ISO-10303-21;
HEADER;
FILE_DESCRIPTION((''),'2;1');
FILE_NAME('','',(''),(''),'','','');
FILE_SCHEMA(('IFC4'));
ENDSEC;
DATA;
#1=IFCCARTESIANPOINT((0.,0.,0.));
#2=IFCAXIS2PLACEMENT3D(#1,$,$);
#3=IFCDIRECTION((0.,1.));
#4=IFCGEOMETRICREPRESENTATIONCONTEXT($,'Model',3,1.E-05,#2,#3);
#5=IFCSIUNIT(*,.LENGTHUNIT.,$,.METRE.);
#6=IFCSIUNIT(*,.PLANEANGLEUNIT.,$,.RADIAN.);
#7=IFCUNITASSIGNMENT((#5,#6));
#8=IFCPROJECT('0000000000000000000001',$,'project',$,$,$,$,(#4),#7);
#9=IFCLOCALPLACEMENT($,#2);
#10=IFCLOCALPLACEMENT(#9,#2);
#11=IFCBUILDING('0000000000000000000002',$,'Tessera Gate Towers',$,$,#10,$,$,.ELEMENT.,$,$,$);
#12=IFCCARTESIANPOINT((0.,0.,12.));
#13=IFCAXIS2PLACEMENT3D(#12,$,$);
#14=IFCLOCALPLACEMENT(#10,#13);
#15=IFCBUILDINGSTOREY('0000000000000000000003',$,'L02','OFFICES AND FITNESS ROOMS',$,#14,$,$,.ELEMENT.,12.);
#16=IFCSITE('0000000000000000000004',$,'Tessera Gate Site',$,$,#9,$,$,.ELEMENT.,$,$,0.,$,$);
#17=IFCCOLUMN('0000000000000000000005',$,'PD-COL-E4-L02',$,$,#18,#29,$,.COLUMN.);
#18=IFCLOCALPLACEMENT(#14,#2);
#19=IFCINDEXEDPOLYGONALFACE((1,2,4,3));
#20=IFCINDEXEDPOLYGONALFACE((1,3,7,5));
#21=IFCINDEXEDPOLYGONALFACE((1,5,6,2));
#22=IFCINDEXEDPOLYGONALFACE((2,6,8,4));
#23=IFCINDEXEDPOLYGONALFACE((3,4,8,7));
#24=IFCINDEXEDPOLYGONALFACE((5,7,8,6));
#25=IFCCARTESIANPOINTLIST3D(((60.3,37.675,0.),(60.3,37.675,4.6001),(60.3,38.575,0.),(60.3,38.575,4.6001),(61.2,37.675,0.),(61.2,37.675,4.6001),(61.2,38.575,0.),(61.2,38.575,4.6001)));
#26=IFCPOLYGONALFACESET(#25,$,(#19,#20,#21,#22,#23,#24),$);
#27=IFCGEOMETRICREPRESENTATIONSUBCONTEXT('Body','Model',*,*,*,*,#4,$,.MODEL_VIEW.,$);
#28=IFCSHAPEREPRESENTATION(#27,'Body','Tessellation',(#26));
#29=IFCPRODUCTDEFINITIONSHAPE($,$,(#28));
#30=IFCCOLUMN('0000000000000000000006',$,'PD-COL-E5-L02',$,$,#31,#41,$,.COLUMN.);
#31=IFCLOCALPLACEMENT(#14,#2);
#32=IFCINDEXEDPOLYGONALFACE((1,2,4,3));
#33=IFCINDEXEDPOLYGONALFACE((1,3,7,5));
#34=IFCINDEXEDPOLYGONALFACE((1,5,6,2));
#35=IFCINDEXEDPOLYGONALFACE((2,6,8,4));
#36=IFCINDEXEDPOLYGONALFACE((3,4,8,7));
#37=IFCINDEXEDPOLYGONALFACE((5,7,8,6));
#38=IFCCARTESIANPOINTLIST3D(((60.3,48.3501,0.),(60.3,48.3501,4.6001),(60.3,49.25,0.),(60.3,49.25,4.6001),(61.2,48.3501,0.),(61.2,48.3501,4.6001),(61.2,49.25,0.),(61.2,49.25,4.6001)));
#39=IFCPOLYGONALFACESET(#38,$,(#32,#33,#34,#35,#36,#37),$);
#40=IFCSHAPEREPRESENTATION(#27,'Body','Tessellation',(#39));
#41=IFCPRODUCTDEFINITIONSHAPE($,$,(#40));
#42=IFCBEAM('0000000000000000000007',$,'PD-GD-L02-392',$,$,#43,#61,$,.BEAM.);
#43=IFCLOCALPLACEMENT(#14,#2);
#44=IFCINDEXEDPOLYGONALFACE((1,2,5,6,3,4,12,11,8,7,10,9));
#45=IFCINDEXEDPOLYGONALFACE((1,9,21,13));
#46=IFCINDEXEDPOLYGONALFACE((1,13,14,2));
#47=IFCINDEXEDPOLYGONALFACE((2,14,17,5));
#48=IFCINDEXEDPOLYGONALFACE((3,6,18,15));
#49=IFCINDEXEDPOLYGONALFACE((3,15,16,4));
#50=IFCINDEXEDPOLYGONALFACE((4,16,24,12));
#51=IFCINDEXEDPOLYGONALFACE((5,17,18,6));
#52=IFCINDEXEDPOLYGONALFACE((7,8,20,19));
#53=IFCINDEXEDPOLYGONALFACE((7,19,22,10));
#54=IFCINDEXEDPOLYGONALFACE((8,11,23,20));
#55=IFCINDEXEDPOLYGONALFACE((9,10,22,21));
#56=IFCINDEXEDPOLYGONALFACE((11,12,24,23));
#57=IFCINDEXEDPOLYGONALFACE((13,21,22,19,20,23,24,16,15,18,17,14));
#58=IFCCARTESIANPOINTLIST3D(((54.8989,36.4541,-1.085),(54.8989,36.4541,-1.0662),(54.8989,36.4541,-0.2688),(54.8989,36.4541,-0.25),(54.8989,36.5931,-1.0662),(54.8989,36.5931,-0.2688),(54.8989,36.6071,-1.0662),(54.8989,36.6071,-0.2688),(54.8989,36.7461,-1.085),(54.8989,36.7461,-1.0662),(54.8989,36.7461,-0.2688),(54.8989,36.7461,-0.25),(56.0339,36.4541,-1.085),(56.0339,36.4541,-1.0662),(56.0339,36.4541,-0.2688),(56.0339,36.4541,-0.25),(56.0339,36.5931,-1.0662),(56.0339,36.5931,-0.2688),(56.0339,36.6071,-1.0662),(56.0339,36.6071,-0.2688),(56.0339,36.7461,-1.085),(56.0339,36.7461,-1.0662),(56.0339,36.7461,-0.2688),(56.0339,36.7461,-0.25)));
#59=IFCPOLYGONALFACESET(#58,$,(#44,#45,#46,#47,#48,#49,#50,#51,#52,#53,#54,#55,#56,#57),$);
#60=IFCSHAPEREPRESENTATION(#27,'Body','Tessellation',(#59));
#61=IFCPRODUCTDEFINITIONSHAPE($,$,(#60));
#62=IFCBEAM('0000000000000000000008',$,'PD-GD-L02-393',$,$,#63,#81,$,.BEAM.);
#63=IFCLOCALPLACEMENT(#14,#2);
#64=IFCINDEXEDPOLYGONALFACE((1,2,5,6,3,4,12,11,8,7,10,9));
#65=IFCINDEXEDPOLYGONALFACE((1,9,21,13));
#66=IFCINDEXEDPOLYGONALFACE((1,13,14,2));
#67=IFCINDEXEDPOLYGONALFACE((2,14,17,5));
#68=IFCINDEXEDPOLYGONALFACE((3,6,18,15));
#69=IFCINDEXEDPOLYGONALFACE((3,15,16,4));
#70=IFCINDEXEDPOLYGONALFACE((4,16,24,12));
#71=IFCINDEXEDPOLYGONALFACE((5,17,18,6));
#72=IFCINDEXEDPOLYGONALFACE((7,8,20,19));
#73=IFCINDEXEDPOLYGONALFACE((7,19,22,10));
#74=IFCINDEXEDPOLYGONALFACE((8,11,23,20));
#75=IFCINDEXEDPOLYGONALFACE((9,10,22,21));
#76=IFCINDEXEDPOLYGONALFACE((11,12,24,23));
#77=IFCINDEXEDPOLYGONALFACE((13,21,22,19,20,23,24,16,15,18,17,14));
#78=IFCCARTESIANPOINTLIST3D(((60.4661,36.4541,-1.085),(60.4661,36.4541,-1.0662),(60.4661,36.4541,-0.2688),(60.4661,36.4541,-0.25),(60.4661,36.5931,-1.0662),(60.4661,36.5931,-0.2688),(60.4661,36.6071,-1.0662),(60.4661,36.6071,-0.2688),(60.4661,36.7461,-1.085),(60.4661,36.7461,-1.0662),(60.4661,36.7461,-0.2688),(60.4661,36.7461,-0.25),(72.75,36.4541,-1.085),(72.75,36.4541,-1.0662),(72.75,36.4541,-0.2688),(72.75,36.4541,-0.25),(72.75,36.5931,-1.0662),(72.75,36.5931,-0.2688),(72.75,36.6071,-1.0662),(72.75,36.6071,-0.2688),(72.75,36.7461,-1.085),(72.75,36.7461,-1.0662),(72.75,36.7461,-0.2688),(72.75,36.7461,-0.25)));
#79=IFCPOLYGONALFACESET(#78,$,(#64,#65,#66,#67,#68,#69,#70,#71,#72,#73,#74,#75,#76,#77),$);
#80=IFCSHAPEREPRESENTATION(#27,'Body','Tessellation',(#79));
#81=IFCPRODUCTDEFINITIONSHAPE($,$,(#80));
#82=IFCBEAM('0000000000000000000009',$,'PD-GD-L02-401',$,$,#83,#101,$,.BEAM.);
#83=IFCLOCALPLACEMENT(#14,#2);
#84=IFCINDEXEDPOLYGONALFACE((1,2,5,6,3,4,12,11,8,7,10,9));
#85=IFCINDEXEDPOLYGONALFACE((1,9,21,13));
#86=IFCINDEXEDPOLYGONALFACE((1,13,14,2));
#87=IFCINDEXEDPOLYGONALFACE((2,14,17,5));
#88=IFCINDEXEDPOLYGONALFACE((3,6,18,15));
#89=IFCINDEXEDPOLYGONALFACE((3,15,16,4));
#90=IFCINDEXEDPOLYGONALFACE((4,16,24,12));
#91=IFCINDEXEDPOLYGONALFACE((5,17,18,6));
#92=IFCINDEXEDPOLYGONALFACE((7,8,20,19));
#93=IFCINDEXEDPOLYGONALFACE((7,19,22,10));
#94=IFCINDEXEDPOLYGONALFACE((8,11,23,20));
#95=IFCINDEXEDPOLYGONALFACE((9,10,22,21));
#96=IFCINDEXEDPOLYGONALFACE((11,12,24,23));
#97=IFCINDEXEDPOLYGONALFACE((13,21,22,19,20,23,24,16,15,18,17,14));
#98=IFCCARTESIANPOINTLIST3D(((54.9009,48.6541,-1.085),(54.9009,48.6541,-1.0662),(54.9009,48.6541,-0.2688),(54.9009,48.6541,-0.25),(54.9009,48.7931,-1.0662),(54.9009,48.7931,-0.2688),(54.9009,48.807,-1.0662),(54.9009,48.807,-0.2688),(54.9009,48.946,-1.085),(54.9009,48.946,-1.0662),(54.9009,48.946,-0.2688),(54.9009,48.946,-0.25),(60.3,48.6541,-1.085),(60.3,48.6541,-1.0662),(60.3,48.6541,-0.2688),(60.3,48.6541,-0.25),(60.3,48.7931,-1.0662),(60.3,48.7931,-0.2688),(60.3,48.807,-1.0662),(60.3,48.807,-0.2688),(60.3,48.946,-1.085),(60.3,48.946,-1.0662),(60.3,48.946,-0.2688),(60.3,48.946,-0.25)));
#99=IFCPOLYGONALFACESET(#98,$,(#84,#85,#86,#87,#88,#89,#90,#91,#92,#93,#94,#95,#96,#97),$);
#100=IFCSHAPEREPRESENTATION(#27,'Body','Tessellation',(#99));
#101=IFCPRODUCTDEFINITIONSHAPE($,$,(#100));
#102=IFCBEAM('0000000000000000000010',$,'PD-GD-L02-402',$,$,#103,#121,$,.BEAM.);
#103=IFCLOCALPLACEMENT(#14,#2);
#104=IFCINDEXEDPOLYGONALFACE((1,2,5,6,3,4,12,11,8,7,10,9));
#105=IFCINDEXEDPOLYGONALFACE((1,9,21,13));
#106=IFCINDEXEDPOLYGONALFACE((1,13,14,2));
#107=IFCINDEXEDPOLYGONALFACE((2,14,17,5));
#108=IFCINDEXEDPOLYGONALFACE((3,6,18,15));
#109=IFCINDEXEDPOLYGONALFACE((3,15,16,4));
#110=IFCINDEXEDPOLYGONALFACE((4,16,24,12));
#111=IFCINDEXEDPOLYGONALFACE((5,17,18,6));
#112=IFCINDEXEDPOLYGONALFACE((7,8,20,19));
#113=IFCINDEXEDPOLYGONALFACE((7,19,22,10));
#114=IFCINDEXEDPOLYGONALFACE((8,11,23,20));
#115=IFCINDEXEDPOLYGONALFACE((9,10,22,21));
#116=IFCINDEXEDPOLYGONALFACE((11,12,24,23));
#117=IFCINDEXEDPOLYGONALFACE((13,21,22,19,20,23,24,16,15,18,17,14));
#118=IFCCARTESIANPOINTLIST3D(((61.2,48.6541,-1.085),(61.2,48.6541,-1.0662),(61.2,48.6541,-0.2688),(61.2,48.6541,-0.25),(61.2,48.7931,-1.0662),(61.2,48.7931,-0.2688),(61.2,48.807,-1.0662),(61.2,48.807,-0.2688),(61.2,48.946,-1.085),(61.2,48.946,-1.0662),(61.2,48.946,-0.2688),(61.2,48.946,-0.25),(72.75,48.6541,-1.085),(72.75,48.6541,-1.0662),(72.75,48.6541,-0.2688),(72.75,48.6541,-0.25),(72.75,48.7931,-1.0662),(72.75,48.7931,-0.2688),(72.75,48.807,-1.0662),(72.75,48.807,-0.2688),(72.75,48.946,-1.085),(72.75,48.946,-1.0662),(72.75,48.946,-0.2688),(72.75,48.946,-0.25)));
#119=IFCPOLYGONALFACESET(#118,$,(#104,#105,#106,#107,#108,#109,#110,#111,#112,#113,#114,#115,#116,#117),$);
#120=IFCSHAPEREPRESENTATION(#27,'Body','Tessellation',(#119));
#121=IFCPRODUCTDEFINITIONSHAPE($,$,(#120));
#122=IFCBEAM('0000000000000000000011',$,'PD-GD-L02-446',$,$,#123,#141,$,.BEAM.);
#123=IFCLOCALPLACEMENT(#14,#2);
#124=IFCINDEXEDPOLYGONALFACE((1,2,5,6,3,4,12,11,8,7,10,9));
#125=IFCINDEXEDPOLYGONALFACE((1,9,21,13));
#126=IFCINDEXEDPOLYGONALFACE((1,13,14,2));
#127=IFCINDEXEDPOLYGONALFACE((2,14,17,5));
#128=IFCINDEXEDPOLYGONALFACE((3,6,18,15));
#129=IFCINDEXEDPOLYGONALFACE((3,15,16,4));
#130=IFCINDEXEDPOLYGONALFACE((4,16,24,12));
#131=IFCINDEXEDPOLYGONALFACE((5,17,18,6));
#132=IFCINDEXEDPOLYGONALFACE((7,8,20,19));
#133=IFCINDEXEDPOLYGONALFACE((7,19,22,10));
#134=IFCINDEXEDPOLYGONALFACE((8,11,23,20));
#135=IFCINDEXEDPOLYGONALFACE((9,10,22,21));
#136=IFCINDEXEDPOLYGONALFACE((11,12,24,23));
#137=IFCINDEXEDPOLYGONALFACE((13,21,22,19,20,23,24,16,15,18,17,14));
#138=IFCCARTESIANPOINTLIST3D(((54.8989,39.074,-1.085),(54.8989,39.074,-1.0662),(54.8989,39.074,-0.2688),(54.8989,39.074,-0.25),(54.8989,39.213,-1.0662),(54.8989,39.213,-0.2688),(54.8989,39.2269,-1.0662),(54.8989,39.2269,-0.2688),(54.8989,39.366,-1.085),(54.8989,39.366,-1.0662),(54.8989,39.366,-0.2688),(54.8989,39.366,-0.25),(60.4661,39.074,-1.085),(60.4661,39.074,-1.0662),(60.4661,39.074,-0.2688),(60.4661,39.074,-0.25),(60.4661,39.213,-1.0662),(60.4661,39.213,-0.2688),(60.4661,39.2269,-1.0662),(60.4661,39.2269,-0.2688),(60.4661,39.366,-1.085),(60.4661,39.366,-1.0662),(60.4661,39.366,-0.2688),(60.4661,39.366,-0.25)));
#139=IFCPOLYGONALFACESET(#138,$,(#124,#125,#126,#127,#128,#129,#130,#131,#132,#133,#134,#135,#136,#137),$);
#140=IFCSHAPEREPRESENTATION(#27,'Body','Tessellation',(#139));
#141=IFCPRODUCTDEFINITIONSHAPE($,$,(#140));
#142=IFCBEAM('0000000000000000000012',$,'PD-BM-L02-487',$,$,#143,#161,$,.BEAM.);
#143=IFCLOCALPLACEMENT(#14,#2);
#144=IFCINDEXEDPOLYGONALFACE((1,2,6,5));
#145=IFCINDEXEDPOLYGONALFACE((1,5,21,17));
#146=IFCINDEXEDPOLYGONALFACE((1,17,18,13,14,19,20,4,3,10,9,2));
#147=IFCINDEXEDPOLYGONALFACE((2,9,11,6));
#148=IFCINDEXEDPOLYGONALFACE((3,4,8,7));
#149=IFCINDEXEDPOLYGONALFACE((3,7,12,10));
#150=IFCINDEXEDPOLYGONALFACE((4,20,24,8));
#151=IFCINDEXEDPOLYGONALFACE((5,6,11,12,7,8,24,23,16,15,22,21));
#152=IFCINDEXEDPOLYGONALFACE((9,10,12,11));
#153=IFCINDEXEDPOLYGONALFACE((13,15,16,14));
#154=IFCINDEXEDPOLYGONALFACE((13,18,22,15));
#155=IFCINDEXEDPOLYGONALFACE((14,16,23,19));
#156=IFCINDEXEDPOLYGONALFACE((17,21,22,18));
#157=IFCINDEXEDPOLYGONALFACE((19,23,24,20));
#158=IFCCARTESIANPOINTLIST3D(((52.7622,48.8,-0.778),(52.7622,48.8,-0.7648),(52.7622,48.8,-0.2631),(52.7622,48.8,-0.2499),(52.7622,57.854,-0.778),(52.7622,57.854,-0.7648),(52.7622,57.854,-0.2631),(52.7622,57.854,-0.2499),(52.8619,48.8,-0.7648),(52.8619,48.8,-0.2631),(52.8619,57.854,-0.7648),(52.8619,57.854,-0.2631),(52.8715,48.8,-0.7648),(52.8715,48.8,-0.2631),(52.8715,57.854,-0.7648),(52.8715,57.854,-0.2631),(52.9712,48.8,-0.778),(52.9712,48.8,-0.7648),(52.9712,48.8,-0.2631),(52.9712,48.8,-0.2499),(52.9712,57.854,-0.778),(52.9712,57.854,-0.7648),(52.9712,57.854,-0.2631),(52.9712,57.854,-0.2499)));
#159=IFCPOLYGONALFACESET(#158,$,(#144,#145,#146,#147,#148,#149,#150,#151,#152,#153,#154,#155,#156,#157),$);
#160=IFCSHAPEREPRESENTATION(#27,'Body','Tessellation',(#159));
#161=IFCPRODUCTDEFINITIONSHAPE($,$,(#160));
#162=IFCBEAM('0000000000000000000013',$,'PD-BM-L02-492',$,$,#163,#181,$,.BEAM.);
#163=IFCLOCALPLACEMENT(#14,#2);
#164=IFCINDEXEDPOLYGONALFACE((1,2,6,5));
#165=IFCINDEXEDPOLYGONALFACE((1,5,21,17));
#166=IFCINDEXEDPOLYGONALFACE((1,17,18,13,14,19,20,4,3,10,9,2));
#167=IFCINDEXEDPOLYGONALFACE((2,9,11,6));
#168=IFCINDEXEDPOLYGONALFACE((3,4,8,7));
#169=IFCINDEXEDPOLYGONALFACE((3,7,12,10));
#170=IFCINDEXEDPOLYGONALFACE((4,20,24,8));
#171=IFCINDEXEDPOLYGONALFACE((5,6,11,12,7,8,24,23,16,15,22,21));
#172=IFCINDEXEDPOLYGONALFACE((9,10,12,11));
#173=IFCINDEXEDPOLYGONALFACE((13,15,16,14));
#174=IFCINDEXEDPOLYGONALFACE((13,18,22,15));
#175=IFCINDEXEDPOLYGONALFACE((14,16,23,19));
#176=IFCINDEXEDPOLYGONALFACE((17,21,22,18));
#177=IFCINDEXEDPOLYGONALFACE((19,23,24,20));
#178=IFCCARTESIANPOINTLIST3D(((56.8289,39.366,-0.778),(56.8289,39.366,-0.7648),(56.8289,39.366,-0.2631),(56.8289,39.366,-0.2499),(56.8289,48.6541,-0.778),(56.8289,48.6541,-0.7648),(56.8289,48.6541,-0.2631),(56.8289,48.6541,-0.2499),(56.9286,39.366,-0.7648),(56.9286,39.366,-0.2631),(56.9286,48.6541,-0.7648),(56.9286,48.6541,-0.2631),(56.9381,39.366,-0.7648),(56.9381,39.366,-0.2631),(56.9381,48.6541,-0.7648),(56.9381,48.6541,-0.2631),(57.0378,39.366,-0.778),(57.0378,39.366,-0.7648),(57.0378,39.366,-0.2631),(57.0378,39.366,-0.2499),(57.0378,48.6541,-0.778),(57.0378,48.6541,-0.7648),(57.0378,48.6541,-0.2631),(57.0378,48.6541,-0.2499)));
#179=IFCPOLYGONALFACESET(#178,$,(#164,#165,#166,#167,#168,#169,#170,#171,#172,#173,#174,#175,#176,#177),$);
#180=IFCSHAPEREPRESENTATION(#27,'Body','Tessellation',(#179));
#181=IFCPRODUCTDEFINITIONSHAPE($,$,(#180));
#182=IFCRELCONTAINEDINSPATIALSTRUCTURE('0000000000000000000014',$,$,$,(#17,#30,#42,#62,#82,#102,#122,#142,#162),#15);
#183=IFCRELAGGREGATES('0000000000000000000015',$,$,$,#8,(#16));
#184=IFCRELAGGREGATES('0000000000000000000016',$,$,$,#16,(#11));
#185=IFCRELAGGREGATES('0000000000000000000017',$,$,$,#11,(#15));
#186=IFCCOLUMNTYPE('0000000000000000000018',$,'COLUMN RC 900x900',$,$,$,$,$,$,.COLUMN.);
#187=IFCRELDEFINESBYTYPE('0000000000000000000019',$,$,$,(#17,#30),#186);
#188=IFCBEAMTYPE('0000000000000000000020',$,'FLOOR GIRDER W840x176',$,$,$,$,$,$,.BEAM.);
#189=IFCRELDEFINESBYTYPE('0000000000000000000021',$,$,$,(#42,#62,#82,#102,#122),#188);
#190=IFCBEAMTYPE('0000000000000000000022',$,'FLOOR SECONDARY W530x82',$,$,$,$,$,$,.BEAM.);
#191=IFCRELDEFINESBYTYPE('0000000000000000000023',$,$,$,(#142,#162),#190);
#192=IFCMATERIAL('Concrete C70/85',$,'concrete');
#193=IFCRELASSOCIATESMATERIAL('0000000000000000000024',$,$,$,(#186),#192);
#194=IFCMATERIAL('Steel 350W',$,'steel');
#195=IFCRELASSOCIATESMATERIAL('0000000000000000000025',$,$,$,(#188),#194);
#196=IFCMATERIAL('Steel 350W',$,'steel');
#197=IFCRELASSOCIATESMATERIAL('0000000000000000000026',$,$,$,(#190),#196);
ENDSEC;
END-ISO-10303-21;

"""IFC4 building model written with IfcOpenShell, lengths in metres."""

from ifc_helpers import new_model, si_unit, direction, frame, origin, origin_2d, place, context, subcontext, project, spatial, rectangle, i_section, extrude, material, material_profile, profile_set, type_object, element, save


model = new_model("IFC4")

# Units and contexts
model_context = context("Model", 3, precision=1e-05, world=origin(), true_north=direction((0.0, 1.0)))
body_context = subcontext(model_context, "Body", "Model", "MODEL_VIEW")
ifc_project = project(units=[si_unit("LENGTHUNIT", "METRE"), si_unit("PLANEANGLEUNIT", "RADIAN")], contexts=[model_context])

# Site, building, storey
site_placement = place(None, origin())
site = spatial("IfcSite", under=ifc_project, at=site_placement, Name="Tessera Gate Site", CompositionType="ELEMENT", RefElevation=0.0)
building_placement = place(site_placement, origin())
building = spatial("IfcBuilding", under=site, at=building_placement, Name="Tessera Gate Towers", CompositionType="ELEMENT")
storey_placement = place(building_placement, frame((0.0, 0.0, 12.0)))
storey = spatial("IfcBuildingStorey", under=building, at=storey_placement, Name="L02", Description="OFFICES AND FITNESS ROOMS", CompositionType="ELEMENT", Elevation=12.0)

# Columns
ifc_material_1 = material(Name="Concrete C70/85", Category="concrete")
ifc_material_profile_1 = material_profile(ifc_material_1, rectangle(XDim=0.8999, YDim=0.8999, at=origin_2d()), Name="RC 900x900")
ifc_profile_set_1 = profile_set([ifc_material_profile_1], Name="Concrete C70/85")
column_type = type_object("IfcColumnType", Name="COLUMN RC 900x900", PredefinedType="COLUMN", material=ifc_profile_set_1)
for number, where, z_axis, x_axis, name in (
    (1, (60.75, 38.125, 0.0), (0.0, 0.0, 1.0), (1.0, 0.0, 0.0), "PD-COL-E4-L02"),
    (2, (60.75, 48.8, 0.0), (0.0, 0.0, 1.0), (1.0, 0.0, 0.0), "PD-COL-E5-L02"),
):
    element("IfcColumn", number, at=place(storey_placement, frame(where, z_axis=z_axis, x_axis=x_axis)), inside=storey, type_object=column_type, Name=name, PredefinedType="COLUMN", context=body_context, shape_type="SweptSolid", body=[
        extrude(rectangle(XDim=0.8999, YDim=0.8999, at=origin_2d()), origin(), (0.0, 0.0, 1.0), 4.6001),
    ])

# Beams
ifc_material_2 = material(Name="Steel 350W", Category="steel")
ifc_material_profile_2 = material_profile(ifc_material_2, i_section(OverallWidth=0.292, OverallDepth=0.835, WebThickness=0.0139, FlangeThickness=0.0188, at=origin_2d()), Name="W840x176")
ifc_profile_set_2 = profile_set([ifc_material_profile_2], Name="Steel 350W")
beam_type_1 = type_object("IfcBeamType", Name="FLOOR GIRDER W840x176", PredefinedType="BEAM", material=ifc_profile_set_2)
beam_1_placement = place(storey_placement, frame((54.8989, 36.6001, -0.6675), z_axis=(1.0, 0.0, 0.0), x_axis=(0.0, 1.0, 0.0)))
element("IfcBeam", 3, at=beam_1_placement, inside=storey, type_object=beam_type_1, Name="PD-GD-L02-392", PredefinedType="BEAM", context=body_context, shape_type="SweptSolid", body=[
    extrude(i_section(OverallWidth=0.292, OverallDepth=0.835, WebThickness=0.0139, FlangeThickness=0.0188, at=origin_2d()), origin(), (0.0, 0.0, 1.0), 1.135),
])
beam_2_placement = place(storey_placement, frame((60.4661, 36.6001, -0.6675), z_axis=(1.0, 0.0, 0.0), x_axis=(0.0, 1.0, 0.0)))
element("IfcBeam", 4, at=beam_2_placement, inside=storey, type_object=beam_type_1, Name="PD-GD-L02-393", PredefinedType="BEAM", context=body_context, shape_type="SweptSolid", body=[
    extrude(i_section(OverallWidth=0.292, OverallDepth=0.835, WebThickness=0.0139, FlangeThickness=0.0188, at=origin_2d()), origin(), (0.0, 0.0, 1.0), 12.2839),
])
beam_3_placement = place(storey_placement, frame((54.9009, 48.8, -0.6675), z_axis=(1.0, 0.0, 0.0), x_axis=(0.0, 1.0, 0.0)))
element("IfcBeam", 5, at=beam_3_placement, inside=storey, type_object=beam_type_1, Name="PD-GD-L02-401", PredefinedType="BEAM", context=body_context, shape_type="SweptSolid", body=[
    extrude(i_section(OverallWidth=0.292, OverallDepth=0.835, WebThickness=0.0139, FlangeThickness=0.0188, at=origin_2d()), origin(), (0.0, 0.0, 1.0), 5.3992),
])
beam_4_placement = place(storey_placement, frame((61.2, 48.8, -0.6675), z_axis=(1.0, 0.0, 0.0), x_axis=(0.0, 1.0, 0.0)))
element("IfcBeam", 6, at=beam_4_placement, inside=storey, type_object=beam_type_1, Name="PD-GD-L02-402", PredefinedType="BEAM", context=body_context, shape_type="SweptSolid", body=[
    extrude(i_section(OverallWidth=0.292, OverallDepth=0.835, WebThickness=0.0139, FlangeThickness=0.0188, at=origin_2d()), origin(), (0.0, 0.0, 1.0), 11.55),
])
beam_5_placement = place(storey_placement, frame((54.8989, 39.22, -0.6675), z_axis=(1.0, 0.0, 0.0), x_axis=(0.0, 1.0, 0.0)))
element("IfcBeam", 7, at=beam_5_placement, inside=storey, type_object=beam_type_1, Name="PD-GD-L02-446", PredefinedType="BEAM", context=body_context, shape_type="SweptSolid", body=[
    extrude(i_section(OverallWidth=0.292, OverallDepth=0.835, WebThickness=0.0139, FlangeThickness=0.0188, at=origin_2d()), origin(), (0.0, 0.0, 1.0), 5.5671),
])
ifc_material_3 = material(Name="Steel 350W", Category="steel")
ifc_material_profile_3 = material_profile(ifc_material_3, i_section(OverallWidth=0.209, OverallDepth=0.5281, WebThickness=0.0095, FlangeThickness=0.0132, at=origin_2d()), Name="W530x82")
ifc_profile_set_3 = profile_set([ifc_material_profile_3], Name="Steel 350W")
beam_type_2 = type_object("IfcBeamType", Name="FLOOR SECONDARY W530x82", PredefinedType="BEAM", material=ifc_profile_set_3)
beam_6_placement = place(storey_placement, frame((52.8667, 48.8, -0.5139), z_axis=(0.0, 1.0, 0.0), x_axis=(-1.0, 0.0, 0.0)))
element("IfcBeam", 8, at=beam_6_placement, inside=storey, type_object=beam_type_2, Name="PD-BM-L02-487", PredefinedType="BEAM", context=body_context, shape_type="SweptSolid", body=[
    extrude(i_section(OverallWidth=0.209, OverallDepth=0.5281, WebThickness=0.0095, FlangeThickness=0.0132, at=origin_2d()), origin(), (0.0, 0.0, 1.0), 9.054),
])
beam_7_placement = place(storey_placement, frame((56.9333, 39.366, -0.5139), z_axis=(0.0, 1.0, 0.0), x_axis=(-1.0, 0.0, 0.0)))
element("IfcBeam", 9, at=beam_7_placement, inside=storey, type_object=beam_type_2, Name="PD-BM-L02-492", PredefinedType="BEAM", context=body_context, shape_type="SweptSolid", body=[
    extrude(i_section(OverallWidth=0.209, OverallDepth=0.5281, WebThickness=0.0095, FlangeThickness=0.0132, at=origin_2d()), origin(), (0.0, 0.0, 1.0), 9.2881),
])

save(model, "model.ifc")
